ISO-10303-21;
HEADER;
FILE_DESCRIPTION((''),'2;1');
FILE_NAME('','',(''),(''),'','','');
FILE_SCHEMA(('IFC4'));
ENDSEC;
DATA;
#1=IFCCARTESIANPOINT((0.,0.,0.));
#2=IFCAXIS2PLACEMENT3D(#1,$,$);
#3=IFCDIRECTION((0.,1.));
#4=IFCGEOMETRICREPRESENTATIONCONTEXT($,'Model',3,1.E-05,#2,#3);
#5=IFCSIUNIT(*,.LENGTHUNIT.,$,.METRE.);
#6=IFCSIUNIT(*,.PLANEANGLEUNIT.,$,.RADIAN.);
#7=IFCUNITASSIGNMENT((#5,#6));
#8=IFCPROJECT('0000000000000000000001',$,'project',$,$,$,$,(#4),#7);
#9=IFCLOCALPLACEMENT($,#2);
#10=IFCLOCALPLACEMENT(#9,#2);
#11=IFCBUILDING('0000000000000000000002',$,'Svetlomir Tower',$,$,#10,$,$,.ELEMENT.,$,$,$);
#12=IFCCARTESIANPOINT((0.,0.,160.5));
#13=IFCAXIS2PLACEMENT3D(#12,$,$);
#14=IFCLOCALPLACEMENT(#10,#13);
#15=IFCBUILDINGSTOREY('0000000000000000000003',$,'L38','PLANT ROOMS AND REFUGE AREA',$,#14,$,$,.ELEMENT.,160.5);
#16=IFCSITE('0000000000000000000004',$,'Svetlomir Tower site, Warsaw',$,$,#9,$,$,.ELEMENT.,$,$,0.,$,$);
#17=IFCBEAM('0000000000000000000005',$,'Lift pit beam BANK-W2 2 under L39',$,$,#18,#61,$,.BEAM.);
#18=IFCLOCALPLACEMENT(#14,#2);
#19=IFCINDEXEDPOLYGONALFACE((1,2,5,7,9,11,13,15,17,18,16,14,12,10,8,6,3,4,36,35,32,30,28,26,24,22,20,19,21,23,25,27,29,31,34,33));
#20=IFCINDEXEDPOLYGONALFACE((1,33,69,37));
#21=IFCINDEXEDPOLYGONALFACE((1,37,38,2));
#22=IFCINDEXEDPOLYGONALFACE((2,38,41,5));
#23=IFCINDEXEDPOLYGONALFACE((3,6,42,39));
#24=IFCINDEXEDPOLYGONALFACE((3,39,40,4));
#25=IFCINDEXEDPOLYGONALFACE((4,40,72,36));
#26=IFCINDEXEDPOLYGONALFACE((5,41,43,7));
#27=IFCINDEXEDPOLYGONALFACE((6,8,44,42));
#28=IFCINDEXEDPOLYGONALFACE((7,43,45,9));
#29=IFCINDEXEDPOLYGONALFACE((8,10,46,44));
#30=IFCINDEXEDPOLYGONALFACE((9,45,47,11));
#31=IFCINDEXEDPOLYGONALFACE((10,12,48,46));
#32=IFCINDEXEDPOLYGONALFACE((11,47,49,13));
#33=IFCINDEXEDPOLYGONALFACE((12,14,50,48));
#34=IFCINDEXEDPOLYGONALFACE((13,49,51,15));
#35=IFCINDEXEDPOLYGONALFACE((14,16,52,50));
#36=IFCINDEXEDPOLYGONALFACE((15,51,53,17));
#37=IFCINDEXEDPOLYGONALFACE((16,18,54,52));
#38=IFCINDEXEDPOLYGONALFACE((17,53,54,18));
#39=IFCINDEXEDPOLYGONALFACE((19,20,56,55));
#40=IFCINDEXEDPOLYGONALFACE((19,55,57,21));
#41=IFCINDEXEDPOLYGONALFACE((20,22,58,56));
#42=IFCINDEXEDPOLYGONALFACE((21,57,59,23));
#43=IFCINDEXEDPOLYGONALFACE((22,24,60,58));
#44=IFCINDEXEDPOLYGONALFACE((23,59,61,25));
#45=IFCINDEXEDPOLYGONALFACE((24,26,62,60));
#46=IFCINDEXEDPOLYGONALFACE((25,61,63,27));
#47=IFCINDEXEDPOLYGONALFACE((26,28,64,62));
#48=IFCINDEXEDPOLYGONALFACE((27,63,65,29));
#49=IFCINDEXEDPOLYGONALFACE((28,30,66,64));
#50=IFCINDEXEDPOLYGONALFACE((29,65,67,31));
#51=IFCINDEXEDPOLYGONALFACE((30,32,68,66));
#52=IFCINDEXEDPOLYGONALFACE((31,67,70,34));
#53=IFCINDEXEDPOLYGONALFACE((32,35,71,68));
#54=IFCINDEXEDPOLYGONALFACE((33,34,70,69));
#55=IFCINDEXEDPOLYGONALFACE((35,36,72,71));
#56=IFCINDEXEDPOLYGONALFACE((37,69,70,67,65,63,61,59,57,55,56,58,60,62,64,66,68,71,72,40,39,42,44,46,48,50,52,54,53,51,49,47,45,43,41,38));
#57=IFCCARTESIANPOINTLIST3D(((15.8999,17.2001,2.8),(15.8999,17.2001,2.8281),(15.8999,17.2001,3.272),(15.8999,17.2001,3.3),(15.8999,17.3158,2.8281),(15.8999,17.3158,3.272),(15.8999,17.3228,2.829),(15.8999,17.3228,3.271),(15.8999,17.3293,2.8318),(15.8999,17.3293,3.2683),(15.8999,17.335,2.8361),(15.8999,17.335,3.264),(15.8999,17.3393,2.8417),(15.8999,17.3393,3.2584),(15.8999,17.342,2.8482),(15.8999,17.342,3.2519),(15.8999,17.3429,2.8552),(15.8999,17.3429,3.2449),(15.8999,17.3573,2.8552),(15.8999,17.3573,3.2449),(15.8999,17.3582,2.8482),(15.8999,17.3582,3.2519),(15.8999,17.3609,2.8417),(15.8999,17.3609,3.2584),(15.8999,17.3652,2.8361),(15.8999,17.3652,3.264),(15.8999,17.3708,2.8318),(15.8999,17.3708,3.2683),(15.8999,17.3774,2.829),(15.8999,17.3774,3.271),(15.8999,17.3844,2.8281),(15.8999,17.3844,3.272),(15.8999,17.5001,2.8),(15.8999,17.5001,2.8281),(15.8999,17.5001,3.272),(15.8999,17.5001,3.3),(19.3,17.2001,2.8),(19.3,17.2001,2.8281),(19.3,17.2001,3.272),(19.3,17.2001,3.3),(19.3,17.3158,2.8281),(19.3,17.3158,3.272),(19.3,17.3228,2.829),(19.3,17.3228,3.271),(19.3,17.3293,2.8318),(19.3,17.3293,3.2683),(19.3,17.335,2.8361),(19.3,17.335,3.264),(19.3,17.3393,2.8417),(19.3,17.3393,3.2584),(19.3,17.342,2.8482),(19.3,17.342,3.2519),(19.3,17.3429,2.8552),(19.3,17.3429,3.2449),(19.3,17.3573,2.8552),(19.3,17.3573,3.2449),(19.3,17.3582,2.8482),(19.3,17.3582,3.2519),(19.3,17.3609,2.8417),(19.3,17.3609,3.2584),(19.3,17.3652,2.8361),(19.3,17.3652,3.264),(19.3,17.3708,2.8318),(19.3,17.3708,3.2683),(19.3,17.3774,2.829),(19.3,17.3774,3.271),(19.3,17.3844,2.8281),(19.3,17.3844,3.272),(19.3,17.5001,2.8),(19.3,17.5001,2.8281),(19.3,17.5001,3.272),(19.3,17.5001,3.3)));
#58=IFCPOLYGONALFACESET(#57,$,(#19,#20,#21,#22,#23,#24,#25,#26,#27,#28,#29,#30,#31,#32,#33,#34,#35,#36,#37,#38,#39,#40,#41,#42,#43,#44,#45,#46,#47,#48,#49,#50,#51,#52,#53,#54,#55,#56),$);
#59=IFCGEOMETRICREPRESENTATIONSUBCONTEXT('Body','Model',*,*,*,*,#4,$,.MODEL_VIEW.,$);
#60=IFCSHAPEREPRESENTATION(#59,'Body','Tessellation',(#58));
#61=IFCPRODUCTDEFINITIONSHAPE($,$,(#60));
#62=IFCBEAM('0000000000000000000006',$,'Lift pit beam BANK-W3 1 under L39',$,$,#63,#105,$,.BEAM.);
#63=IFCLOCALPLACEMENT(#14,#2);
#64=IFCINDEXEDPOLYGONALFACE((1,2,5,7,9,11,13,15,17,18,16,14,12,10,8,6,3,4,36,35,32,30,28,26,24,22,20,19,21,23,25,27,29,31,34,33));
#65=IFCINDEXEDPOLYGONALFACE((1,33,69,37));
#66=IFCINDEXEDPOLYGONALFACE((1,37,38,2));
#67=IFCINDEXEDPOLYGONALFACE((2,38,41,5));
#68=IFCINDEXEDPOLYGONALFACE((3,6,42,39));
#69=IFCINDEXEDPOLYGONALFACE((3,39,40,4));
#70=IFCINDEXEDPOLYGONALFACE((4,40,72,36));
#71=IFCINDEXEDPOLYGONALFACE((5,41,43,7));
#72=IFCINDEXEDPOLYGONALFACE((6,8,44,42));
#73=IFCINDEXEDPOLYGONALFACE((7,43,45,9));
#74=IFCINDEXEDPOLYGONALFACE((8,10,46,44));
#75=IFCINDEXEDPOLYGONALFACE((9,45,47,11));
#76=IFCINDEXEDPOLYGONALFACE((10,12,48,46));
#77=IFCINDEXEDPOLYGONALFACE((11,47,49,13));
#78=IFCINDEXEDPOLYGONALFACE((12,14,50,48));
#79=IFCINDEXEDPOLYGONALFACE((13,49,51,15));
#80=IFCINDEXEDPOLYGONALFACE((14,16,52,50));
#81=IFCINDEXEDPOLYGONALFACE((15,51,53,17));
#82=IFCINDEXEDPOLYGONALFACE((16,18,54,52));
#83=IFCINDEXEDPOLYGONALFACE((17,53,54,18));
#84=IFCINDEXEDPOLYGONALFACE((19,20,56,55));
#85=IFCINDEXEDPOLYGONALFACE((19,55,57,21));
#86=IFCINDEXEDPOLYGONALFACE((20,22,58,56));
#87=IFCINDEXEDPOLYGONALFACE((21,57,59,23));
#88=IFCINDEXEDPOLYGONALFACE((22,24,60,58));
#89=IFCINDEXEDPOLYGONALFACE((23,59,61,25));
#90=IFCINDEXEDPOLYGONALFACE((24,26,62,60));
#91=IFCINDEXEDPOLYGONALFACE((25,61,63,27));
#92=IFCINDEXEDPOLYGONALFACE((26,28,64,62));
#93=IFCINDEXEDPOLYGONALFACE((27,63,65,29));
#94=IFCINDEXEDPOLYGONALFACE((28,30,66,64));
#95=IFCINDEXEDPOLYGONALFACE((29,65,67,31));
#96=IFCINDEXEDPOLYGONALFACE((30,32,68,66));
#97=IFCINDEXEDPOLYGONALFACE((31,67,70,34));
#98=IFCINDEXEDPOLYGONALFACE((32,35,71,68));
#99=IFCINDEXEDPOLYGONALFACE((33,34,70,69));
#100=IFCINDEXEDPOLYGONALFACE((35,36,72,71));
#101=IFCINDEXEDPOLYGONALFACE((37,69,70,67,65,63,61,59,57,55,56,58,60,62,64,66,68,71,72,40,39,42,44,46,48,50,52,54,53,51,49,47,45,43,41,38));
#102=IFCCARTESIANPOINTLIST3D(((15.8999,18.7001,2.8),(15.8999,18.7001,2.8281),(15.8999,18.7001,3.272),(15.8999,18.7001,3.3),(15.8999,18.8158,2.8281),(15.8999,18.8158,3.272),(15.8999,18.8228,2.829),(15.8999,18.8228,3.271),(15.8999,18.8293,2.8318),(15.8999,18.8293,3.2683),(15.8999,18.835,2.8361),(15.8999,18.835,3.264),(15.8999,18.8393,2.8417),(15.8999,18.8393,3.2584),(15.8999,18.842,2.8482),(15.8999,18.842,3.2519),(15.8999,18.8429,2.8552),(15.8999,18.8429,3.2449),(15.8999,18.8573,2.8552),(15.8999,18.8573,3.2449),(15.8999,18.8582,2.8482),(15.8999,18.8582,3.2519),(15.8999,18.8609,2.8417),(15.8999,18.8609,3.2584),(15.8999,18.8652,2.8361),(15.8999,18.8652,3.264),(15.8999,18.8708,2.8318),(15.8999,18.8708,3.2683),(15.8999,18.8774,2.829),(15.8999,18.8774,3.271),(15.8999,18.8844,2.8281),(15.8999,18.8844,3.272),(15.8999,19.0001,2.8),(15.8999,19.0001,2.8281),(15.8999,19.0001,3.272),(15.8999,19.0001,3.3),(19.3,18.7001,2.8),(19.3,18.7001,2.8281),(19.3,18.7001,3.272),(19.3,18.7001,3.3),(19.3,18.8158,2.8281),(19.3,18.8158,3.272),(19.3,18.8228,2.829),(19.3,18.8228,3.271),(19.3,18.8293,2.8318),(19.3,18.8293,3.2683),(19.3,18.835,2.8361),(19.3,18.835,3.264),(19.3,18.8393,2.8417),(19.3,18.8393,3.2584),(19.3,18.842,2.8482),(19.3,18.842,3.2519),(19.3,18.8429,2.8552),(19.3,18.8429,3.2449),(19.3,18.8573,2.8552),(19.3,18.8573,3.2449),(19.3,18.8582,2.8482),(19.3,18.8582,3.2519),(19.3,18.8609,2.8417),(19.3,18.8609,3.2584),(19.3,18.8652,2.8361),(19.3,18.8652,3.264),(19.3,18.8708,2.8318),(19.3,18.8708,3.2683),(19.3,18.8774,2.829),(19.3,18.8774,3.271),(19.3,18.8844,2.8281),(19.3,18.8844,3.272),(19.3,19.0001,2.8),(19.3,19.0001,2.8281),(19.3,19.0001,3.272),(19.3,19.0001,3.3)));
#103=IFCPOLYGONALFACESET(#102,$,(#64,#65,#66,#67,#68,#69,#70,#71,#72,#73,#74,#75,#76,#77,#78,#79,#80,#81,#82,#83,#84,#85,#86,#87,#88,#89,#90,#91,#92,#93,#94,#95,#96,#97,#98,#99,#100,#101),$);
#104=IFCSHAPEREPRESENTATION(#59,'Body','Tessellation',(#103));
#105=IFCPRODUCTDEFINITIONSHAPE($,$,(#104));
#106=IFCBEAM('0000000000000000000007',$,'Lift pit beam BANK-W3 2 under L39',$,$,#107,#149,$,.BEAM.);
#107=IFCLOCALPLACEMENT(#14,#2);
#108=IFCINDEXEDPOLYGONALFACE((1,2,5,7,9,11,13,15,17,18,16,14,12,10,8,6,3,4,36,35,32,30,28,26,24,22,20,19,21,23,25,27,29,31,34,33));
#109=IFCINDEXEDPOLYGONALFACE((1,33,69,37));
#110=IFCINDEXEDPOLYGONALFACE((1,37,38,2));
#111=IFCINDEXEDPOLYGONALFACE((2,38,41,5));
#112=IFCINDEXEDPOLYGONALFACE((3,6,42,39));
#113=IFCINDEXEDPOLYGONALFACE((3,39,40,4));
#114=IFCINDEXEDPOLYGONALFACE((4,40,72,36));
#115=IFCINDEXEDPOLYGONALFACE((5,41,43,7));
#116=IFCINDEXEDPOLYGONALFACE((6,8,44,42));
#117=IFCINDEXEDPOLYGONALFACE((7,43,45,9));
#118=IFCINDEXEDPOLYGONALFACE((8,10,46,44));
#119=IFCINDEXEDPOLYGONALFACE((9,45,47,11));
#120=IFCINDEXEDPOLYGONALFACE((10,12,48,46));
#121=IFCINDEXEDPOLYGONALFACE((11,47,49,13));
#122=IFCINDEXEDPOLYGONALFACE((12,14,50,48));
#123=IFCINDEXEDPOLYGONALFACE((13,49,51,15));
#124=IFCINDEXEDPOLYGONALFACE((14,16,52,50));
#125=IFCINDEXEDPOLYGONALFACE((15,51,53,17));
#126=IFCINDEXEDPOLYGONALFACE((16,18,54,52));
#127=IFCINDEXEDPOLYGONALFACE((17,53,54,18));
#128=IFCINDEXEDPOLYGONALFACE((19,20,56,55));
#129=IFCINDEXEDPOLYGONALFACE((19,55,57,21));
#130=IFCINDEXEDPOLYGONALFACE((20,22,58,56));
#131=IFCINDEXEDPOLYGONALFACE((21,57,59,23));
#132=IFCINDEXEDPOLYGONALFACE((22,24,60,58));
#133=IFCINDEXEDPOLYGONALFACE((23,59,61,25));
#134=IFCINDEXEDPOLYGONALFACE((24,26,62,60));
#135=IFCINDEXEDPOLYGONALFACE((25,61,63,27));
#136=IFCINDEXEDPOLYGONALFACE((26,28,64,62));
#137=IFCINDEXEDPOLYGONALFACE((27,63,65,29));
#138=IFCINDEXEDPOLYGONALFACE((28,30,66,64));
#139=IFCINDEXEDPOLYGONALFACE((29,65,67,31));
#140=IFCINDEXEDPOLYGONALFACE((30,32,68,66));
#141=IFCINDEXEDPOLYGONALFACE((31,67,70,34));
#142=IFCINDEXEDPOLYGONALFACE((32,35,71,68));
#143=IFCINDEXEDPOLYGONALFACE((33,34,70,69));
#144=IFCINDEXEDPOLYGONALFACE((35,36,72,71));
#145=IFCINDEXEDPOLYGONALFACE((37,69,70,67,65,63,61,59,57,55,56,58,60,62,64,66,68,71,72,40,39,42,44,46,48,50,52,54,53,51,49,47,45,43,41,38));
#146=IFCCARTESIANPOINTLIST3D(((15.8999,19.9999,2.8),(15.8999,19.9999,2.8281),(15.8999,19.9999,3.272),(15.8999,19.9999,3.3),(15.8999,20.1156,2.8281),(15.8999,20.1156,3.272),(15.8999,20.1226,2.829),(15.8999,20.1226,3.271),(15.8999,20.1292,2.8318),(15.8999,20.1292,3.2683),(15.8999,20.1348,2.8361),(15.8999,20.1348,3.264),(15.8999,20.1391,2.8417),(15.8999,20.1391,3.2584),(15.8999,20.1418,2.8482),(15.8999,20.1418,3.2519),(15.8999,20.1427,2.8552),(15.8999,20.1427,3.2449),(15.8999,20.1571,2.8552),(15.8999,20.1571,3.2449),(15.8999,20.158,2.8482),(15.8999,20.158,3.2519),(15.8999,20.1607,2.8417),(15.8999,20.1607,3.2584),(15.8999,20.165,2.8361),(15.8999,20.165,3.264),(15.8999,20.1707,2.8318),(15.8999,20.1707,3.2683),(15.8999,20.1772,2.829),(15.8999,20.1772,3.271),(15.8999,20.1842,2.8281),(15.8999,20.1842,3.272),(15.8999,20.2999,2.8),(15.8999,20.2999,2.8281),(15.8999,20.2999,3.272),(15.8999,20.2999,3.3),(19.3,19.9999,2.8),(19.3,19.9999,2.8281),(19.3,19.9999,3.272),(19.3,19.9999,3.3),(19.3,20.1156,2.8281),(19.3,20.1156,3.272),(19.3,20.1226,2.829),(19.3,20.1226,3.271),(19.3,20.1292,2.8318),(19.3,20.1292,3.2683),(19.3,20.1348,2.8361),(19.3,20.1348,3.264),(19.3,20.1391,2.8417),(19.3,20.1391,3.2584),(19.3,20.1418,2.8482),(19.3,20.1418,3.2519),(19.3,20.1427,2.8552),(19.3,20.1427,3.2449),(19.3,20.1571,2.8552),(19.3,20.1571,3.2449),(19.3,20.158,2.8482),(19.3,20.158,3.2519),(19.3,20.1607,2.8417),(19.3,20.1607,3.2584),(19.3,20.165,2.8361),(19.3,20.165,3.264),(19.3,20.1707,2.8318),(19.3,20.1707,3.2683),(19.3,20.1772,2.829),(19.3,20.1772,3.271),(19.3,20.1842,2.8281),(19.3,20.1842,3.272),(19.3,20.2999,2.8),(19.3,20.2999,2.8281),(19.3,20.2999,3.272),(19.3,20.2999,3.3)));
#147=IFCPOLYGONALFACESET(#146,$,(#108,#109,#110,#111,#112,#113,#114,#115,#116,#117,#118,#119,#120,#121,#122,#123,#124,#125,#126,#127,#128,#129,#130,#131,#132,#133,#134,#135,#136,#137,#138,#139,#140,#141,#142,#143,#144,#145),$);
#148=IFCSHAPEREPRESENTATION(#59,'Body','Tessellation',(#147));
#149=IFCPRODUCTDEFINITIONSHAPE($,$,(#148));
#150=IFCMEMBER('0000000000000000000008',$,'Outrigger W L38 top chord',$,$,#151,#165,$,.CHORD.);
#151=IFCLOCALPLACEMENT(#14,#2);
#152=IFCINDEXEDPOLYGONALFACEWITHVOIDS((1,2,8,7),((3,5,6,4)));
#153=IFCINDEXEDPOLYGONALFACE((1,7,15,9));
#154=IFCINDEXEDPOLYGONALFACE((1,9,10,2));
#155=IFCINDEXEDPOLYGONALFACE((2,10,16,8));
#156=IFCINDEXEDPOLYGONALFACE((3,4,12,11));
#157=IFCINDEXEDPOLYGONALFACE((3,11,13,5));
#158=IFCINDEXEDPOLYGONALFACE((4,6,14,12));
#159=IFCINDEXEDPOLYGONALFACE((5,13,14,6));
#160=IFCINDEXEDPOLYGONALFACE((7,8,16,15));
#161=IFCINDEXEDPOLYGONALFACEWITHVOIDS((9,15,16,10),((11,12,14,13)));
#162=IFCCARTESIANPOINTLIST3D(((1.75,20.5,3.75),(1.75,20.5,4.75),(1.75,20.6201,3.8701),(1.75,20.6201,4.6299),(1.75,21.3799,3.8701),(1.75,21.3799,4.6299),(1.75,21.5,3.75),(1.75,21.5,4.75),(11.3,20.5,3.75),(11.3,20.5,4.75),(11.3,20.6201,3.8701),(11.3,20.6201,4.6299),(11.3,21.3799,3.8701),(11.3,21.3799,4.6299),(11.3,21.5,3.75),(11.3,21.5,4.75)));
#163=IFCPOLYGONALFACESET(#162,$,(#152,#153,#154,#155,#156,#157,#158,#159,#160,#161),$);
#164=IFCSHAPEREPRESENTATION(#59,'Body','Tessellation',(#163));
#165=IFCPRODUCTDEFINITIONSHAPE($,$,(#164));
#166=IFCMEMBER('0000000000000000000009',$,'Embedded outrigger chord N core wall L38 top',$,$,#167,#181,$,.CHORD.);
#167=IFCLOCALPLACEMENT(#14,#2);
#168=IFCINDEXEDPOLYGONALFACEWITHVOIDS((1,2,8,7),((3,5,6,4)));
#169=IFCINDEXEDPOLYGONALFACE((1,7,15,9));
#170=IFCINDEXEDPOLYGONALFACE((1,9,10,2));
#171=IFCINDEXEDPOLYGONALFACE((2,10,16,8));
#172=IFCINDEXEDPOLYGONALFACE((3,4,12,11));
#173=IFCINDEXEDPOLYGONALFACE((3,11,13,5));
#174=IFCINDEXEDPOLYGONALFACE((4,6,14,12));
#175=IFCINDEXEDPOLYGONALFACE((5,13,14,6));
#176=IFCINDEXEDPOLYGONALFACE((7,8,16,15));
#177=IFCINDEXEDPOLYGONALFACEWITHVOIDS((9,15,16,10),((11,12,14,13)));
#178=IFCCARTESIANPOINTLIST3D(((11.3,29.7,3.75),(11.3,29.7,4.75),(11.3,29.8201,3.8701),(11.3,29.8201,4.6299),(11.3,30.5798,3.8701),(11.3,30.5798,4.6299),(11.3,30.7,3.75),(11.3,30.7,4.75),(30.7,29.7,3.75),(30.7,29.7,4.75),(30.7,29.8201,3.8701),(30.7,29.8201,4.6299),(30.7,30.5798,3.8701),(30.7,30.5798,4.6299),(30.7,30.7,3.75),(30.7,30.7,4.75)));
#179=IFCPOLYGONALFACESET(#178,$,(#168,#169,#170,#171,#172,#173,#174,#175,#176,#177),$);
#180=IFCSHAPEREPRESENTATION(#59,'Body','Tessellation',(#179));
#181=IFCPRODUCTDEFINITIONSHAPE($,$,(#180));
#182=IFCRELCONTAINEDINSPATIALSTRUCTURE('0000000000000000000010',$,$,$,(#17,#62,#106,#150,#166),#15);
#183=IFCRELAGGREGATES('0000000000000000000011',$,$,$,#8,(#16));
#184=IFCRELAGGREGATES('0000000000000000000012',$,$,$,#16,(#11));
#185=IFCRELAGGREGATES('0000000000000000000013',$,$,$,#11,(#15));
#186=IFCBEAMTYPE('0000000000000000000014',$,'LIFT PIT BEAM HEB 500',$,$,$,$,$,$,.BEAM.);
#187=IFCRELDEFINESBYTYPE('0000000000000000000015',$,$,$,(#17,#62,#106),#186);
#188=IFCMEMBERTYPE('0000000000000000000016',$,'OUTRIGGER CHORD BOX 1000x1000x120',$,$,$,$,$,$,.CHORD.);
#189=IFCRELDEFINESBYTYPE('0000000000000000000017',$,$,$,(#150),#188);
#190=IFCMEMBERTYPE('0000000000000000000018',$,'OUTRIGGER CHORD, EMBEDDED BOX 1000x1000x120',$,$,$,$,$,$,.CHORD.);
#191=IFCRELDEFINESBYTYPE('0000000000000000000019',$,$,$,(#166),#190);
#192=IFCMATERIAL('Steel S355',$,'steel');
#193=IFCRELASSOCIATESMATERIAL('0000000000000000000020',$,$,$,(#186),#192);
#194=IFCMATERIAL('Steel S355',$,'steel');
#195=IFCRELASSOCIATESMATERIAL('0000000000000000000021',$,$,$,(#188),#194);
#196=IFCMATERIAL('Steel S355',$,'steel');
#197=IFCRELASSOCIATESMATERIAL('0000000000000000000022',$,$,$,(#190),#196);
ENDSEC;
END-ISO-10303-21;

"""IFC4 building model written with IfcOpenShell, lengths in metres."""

from ifc_helpers import new_model, si_unit, direction, frame, origin, origin_2d, place, context, subcontext, project, spatial, hollow_rectangle, i_section, extrude, material, material_profile, profile_set, type_object, element, save


model = new_model("IFC4")

# Units and contexts
model_context = context("Model", 3, precision=1e-05, world=origin(), true_north=direction((0.0, 1.0)))
body_context = subcontext(model_context, "Body", "Model", "MODEL_VIEW")
ifc_project = project(units=[si_unit("LENGTHUNIT", "METRE"), si_unit("PLANEANGLEUNIT", "RADIAN")], contexts=[model_context])

# Site, building, storey
site_placement = place(None, origin())
site = spatial("IfcSite", under=ifc_project, at=site_placement, Name="Svetlomir Tower site, Warsaw", CompositionType="ELEMENT", RefElevation=0.0)
building_placement = place(site_placement, origin())
building = spatial("IfcBuilding", under=site, at=building_placement, Name="Svetlomir Tower", CompositionType="ELEMENT")
storey_placement = place(building_placement, frame((0.0, 0.0, 160.5)))
storey = spatial("IfcBuildingStorey", under=building, at=storey_placement, Name="L38", Description="PLANT ROOMS AND REFUGE AREA", CompositionType="ELEMENT", Elevation=160.5)

# Beams
ifc_material_1 = material(Name="Steel S355", Category="steel")
ifc_material_profile_1 = material_profile(ifc_material_1, i_section(OverallWidth=0.3, OverallDepth=0.5, WebThickness=0.0144, FlangeThickness=0.0281, FilletRadius=0.0271, at=origin_2d()), Name="HEB 500")
ifc_profile_set_1 = profile_set([ifc_material_profile_1], Name="Steel S355")
beam_type = type_object("IfcBeamType", Name="LIFT PIT BEAM HEB 500", PredefinedType="BEAM", material=ifc_profile_set_1)
for number, where, z_axis, x_axis, name in (
    (1, (15.8999, 17.3501, 3.05), (1.0, 0.0, 0.0), (0.0, 1.0, 0.0), "Lift pit beam BANK-W2 2 under L39"),
    (2, (15.8999, 18.8501, 3.05), (1.0, 0.0, 0.0), (0.0, 1.0, 0.0), "Lift pit beam BANK-W3 1 under L39"),
    (3, (15.8999, 20.1499, 3.05), (1.0, 0.0, 0.0), (0.0, 1.0, 0.0), "Lift pit beam BANK-W3 2 under L39"),
):
    element("IfcBeam", number, at=place(storey_placement, frame(where, z_axis=z_axis, x_axis=x_axis)), inside=storey, type_object=beam_type, Name=name, PredefinedType="BEAM", context=body_context, shape_type="SweptSolid", body=[
        extrude(i_section(OverallWidth=0.3, OverallDepth=0.5, WebThickness=0.0144, FlangeThickness=0.0281, FilletRadius=0.0271, at=origin_2d()), origin(), (0.0, 0.0, 1.0), 3.4001),
    ])

# Members
ifc_material_2 = material(Name="Steel S355", Category="steel")
ifc_material_profile_2 = material_profile(ifc_material_2, hollow_rectangle(XDim=1.0, YDim=1.0, WallThickness=0.1201, at=origin_2d()), Name="BOX 1000x1000x120")
ifc_profile_set_2 = profile_set([ifc_material_profile_2], Name="Steel S355")
member_type_1 = type_object("IfcMemberType", Name="OUTRIGGER CHORD BOX 1000x1000x120", PredefinedType="CHORD", material=ifc_profile_set_2)
member_1_placement = place(storey_placement, frame((11.3, 21.0, 4.25), z_axis=(-1.0, 0.0, 0.0), x_axis=(0.0, -1.0, 0.0)))
element("IfcMember", 4, at=member_1_placement, inside=storey, type_object=member_type_1, Name="Outrigger W L38 top chord", PredefinedType="CHORD", context=body_context, shape_type="SweptSolid", body=[
    extrude(hollow_rectangle(XDim=1.0, YDim=1.0, WallThickness=0.1201, at=origin_2d()), origin(), (0.0, 0.0, 1.0), 9.55),
])
ifc_material_3 = material(Name="Steel S355", Category="steel")
ifc_material_profile_3 = material_profile(ifc_material_3, hollow_rectangle(XDim=1.0, YDim=1.0, WallThickness=0.1201, at=origin_2d()), Name="BOX 1000x1000x120")
ifc_profile_set_3 = profile_set([ifc_material_profile_3], Name="Steel S355")
member_type_2 = type_object("IfcMemberType", Name="OUTRIGGER CHORD, EMBEDDED BOX 1000x1000x120", PredefinedType="CHORD", material=ifc_profile_set_3)
member_2_placement = place(storey_placement, frame((11.3, 30.2, 4.25), z_axis=(1.0, 0.0, 0.0), x_axis=(0.0, 1.0, 0.0)))
element("IfcMember", 5, at=member_2_placement, inside=storey, type_object=member_type_2, Name="Embedded outrigger chord N core wall L38 top", PredefinedType="CHORD", context=body_context, shape_type="SweptSolid", body=[
    extrude(hollow_rectangle(XDim=1.0, YDim=1.0, WallThickness=0.1201, at=origin_2d()), origin(), (0.0, 0.0, 1.0), 19.3999),
])

save(model, "model.ifc")
